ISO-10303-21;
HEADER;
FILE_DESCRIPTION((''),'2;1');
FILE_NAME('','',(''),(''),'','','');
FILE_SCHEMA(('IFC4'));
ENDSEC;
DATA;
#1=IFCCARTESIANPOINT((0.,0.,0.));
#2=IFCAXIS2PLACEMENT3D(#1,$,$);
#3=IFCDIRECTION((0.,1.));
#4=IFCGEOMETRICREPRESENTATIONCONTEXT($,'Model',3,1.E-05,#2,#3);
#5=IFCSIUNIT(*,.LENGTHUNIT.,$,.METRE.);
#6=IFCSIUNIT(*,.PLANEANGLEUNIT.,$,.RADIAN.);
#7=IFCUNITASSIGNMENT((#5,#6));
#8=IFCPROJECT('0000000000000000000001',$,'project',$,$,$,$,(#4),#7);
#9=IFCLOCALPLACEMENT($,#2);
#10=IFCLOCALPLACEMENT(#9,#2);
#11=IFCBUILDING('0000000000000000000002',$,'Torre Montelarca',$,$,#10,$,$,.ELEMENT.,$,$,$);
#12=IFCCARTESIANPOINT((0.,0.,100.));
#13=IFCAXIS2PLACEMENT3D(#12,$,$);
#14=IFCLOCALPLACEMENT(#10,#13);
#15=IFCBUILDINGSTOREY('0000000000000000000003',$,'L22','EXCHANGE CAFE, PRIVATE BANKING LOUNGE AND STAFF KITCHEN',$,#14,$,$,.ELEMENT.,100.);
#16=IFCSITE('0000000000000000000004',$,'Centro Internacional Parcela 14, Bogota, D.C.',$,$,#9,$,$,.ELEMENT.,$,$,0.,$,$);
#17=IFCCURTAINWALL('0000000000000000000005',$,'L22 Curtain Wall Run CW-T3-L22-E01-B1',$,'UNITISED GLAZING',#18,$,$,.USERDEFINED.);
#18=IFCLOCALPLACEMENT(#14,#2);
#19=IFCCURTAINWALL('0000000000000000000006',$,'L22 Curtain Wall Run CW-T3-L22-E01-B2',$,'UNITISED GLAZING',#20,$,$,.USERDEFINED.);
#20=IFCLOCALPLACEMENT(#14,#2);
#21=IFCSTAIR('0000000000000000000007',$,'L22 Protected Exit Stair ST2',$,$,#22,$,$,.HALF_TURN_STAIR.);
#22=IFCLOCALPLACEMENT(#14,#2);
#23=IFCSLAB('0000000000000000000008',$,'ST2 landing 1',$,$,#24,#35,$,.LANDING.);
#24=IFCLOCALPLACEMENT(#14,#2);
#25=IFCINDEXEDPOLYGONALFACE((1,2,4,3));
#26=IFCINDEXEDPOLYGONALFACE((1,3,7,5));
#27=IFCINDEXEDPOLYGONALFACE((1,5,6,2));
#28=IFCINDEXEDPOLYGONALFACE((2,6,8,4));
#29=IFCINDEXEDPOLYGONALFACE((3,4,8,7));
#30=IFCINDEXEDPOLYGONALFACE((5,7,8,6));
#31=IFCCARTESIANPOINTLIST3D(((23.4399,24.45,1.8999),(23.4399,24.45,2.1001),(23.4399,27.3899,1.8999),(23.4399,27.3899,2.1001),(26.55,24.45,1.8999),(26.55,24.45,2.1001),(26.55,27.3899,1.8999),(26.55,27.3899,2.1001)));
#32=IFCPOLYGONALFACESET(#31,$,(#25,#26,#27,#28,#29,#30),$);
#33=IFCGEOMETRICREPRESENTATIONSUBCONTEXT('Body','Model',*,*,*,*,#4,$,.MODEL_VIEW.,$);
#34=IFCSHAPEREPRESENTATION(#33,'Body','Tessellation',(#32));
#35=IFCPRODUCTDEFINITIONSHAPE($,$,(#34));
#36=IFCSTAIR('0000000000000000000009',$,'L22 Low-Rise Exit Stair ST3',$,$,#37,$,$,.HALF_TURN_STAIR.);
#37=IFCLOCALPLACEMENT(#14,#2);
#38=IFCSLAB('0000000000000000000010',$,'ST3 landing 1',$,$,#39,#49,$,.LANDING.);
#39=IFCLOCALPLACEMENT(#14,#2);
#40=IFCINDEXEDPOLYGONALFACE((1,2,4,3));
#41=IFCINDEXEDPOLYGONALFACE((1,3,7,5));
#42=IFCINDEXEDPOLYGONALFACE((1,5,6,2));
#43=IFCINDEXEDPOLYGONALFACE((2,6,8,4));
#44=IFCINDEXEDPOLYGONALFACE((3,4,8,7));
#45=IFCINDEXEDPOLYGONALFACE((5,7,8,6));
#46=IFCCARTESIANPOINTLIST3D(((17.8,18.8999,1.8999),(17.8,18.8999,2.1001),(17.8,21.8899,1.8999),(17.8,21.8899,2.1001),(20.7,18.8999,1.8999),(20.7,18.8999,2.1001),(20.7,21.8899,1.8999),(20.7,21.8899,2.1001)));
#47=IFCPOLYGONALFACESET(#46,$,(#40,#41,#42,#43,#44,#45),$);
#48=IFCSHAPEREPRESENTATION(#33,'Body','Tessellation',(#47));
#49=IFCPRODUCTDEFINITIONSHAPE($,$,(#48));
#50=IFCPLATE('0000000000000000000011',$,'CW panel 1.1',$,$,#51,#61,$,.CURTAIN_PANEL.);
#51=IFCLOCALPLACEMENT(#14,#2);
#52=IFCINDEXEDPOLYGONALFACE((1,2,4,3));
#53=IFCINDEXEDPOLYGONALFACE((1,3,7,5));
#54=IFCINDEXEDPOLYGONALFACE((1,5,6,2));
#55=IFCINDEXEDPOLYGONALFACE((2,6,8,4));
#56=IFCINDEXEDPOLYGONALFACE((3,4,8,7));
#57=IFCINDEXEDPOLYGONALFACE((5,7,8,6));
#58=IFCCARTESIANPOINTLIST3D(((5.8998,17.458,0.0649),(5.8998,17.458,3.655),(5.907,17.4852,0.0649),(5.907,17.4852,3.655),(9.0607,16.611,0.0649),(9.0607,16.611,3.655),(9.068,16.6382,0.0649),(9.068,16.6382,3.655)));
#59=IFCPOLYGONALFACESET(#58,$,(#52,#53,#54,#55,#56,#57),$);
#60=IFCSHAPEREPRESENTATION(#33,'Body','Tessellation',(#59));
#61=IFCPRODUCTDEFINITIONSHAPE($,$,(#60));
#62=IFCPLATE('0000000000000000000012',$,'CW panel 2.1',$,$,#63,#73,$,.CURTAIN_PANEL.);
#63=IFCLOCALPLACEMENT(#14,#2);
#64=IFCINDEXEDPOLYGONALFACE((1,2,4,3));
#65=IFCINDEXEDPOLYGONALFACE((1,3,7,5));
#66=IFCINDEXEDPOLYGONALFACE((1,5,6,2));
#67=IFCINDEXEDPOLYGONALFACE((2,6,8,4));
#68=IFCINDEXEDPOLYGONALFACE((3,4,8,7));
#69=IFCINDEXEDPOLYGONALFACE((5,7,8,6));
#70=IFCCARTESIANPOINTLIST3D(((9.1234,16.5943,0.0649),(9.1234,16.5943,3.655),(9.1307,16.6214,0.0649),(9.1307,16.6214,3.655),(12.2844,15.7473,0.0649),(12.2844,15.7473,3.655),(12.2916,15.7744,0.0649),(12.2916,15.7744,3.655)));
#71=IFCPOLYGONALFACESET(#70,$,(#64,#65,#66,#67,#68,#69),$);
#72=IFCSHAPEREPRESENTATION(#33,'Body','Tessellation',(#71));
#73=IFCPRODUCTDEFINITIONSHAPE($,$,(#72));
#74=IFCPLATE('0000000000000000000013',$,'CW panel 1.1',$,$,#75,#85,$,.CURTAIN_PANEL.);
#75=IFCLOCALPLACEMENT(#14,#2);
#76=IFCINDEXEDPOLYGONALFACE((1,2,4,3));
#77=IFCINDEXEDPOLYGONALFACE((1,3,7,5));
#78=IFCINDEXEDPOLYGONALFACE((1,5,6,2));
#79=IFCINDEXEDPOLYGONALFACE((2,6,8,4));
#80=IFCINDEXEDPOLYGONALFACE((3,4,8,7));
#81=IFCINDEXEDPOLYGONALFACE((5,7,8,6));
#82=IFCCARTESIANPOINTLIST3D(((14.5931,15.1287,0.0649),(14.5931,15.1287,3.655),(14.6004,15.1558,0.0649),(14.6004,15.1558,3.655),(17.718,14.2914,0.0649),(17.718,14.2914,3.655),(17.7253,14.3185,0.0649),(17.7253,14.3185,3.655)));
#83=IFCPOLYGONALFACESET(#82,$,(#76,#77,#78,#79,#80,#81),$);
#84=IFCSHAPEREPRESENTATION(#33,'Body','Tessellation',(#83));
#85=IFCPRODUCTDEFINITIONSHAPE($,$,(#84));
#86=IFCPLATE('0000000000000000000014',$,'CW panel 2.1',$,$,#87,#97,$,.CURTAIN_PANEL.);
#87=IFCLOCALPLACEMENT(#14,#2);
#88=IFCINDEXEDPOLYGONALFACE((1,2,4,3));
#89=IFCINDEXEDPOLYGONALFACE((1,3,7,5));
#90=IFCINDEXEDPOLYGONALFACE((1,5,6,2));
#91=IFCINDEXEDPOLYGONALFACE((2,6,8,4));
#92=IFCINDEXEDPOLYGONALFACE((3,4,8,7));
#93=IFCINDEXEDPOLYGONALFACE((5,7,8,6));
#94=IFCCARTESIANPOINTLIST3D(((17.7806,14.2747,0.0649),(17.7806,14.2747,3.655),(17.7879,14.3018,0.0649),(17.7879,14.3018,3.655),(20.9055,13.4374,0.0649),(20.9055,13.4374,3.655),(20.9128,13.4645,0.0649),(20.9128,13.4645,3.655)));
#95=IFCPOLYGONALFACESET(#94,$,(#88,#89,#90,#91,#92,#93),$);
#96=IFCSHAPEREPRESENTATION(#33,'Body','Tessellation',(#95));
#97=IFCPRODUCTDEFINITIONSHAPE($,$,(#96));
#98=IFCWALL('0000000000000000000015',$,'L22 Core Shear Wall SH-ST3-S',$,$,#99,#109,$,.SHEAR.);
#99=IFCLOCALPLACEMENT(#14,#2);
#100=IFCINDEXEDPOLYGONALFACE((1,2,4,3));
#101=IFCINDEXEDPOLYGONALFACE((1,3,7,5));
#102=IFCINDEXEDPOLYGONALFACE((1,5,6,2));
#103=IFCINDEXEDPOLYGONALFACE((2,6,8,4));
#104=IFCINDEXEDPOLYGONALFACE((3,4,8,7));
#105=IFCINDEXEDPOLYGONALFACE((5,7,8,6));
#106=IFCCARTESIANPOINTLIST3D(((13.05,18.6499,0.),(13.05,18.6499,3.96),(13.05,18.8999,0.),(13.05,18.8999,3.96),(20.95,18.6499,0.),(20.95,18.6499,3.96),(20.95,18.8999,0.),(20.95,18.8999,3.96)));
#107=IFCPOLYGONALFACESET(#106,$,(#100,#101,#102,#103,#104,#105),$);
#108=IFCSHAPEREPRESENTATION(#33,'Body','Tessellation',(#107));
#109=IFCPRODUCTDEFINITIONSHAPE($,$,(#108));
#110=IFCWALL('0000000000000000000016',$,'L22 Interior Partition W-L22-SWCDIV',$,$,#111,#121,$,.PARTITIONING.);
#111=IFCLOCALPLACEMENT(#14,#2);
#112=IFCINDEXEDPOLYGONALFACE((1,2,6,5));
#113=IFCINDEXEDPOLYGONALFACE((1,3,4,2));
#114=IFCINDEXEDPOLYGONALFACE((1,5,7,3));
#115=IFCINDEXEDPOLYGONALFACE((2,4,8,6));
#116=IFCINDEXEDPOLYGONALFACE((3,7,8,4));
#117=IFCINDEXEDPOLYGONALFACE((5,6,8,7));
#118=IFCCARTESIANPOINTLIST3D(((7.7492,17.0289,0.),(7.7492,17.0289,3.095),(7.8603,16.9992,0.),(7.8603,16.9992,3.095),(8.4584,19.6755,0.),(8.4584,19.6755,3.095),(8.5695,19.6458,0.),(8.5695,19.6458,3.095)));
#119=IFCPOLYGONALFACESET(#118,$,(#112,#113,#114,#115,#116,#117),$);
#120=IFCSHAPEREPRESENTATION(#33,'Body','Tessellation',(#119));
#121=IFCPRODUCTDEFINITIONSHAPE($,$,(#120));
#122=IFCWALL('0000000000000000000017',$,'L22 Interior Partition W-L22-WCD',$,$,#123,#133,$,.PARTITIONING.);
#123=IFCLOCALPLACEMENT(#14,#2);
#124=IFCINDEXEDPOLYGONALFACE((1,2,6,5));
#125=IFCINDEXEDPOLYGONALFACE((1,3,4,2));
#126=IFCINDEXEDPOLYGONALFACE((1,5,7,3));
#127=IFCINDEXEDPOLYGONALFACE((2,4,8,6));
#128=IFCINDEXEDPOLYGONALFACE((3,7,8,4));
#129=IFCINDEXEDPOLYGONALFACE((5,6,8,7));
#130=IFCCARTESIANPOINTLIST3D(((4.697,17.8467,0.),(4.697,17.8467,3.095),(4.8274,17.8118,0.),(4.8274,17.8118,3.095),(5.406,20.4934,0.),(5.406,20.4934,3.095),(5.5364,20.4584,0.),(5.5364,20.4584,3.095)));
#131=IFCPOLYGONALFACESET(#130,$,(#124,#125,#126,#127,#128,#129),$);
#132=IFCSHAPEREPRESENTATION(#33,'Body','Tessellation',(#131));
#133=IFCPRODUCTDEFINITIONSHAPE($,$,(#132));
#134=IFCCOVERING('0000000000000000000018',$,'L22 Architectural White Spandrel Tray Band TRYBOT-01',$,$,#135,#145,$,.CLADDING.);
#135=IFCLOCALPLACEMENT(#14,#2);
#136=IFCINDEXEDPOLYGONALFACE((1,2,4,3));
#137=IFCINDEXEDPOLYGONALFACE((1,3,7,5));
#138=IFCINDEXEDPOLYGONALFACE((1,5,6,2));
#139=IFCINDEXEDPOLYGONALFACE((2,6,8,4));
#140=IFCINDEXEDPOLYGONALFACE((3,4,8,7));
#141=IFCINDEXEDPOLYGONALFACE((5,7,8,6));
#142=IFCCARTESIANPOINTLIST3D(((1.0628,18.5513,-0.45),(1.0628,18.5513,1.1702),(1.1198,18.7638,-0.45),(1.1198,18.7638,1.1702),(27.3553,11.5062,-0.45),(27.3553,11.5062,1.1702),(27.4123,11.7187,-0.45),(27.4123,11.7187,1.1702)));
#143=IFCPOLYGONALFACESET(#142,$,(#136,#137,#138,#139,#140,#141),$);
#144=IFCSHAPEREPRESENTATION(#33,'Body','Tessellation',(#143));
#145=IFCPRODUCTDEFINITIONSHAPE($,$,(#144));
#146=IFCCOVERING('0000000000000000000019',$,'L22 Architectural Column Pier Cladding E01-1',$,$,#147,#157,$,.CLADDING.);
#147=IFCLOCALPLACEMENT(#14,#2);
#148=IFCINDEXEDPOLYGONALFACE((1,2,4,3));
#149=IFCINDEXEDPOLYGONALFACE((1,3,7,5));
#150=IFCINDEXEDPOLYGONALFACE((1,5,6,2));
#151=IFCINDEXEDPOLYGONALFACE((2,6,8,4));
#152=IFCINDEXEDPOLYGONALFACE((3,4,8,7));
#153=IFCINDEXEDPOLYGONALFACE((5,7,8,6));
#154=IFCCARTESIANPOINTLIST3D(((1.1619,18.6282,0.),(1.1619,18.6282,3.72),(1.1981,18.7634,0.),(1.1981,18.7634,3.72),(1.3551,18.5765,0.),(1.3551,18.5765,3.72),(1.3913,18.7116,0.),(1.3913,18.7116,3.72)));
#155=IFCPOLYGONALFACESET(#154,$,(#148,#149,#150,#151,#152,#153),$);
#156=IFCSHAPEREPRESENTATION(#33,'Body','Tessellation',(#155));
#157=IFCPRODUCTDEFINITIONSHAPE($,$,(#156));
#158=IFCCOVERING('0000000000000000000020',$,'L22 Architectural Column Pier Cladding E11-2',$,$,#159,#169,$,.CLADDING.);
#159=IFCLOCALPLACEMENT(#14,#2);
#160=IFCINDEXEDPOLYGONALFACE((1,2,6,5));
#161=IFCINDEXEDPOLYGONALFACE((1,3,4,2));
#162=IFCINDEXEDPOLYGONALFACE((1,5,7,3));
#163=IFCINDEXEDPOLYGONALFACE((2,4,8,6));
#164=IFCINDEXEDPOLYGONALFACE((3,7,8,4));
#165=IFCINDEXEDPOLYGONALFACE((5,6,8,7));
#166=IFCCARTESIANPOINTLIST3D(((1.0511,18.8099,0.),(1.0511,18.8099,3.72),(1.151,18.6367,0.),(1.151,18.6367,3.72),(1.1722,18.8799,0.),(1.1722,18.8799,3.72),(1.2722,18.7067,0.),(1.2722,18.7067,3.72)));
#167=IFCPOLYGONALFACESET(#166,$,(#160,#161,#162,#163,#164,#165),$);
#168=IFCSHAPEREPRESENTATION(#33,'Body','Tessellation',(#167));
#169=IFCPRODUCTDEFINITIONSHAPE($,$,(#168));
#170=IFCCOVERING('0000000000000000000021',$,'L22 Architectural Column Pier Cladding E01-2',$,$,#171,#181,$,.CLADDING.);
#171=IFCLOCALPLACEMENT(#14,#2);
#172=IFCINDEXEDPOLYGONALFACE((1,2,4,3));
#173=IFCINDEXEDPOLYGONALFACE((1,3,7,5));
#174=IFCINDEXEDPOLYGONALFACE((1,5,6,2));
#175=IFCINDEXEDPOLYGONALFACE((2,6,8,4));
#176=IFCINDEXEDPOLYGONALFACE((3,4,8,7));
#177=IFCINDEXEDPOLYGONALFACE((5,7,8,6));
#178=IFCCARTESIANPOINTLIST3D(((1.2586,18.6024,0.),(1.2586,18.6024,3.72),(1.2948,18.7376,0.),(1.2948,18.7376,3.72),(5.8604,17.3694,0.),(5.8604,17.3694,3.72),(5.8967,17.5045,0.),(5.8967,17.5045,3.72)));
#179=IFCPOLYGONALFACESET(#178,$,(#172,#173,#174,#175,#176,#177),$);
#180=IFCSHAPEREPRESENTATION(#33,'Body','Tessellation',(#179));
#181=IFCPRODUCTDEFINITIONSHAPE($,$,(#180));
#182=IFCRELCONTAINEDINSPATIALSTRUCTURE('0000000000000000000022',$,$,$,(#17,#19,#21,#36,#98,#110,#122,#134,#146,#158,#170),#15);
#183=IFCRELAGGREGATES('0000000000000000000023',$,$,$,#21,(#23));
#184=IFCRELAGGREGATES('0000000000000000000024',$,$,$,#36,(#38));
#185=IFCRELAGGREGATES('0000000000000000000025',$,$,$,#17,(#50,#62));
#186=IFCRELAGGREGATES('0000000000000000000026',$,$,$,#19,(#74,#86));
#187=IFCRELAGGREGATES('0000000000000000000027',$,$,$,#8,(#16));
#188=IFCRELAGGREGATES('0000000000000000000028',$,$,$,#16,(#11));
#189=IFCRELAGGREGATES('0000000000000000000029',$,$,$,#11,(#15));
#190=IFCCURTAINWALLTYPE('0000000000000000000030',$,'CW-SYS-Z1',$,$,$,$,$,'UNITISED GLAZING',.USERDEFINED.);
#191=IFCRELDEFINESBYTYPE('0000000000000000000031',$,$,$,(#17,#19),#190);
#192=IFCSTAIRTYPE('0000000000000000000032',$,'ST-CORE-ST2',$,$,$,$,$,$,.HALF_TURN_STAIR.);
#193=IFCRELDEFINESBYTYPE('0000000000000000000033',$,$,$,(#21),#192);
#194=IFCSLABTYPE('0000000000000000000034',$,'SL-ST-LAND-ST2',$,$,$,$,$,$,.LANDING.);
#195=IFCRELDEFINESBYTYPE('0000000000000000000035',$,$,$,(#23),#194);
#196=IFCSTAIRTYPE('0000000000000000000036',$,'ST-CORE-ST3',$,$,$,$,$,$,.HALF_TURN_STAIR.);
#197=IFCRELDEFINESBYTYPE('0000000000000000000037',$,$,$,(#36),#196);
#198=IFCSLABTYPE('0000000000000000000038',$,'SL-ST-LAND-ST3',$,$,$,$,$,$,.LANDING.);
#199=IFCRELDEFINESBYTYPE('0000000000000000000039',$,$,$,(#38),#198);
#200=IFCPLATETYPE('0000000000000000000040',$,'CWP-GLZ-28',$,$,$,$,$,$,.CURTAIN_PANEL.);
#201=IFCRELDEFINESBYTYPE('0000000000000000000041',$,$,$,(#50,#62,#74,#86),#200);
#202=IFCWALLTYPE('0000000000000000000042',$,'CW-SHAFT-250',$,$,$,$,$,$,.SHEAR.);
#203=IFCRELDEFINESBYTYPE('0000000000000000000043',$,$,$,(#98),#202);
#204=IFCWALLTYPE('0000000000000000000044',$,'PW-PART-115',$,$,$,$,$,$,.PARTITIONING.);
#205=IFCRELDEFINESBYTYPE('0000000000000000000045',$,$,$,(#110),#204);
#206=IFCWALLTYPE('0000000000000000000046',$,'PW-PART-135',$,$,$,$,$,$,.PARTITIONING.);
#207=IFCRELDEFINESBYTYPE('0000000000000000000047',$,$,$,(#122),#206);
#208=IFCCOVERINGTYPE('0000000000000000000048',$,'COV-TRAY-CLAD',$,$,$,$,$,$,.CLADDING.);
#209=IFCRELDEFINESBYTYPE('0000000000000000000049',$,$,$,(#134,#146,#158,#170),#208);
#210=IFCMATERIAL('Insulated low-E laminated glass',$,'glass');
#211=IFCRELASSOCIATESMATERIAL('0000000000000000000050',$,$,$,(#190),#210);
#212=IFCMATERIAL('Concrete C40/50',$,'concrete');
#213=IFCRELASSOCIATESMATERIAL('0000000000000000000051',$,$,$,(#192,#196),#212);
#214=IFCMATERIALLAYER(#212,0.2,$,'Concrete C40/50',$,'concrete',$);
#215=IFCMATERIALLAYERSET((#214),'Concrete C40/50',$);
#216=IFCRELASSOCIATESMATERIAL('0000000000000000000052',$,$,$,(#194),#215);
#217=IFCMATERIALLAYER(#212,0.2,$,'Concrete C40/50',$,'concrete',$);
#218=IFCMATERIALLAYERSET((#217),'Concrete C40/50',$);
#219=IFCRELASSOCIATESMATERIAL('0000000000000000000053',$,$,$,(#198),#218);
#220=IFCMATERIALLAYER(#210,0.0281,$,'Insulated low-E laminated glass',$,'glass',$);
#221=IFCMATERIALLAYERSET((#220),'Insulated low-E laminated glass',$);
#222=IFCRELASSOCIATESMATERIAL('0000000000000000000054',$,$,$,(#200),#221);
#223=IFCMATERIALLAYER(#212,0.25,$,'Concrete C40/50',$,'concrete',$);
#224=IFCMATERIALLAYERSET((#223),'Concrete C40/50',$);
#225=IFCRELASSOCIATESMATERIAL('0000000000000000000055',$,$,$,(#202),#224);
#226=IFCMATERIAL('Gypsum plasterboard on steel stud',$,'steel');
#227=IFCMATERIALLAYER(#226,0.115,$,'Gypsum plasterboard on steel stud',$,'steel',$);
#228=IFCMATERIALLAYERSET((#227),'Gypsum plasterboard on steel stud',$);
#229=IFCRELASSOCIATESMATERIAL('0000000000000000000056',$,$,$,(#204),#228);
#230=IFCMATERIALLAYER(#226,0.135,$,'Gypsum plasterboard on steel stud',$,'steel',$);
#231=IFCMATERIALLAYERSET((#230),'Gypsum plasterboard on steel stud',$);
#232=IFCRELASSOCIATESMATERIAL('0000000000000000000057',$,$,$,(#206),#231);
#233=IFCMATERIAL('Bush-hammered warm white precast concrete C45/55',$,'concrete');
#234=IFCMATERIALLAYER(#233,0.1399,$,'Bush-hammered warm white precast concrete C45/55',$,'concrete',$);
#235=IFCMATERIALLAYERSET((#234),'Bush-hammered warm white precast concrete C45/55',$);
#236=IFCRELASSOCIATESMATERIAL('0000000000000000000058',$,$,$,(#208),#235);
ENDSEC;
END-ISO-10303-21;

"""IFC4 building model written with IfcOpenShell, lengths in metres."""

from ifc_helpers import new_model, si_unit, direction, frame, frame_2d, origin, origin_2d, place, context, subcontext, project, spatial, polyline, rectangle, outline, extrude, source, transform, mapped, material, layer, layer_set, type_object, element, aggregate, save


model = new_model("IFC4")

# Units and contexts
model_context = context("Model", 3, precision=1e-05, world=origin(), true_north=direction((0.0, 1.0)))
body_context = subcontext(model_context, "Body", "Model", "MODEL_VIEW")
ifc_project = project(units=[si_unit("LENGTHUNIT", "METRE"), si_unit("PLANEANGLEUNIT", "RADIAN")], contexts=[model_context])

# Site, building, storey
site_placement = place(None, origin())
site = spatial("IfcSite", under=ifc_project, at=site_placement, Name="Centro Internacional Parcela 14, Bogota, D.C.", CompositionType="ELEMENT", RefElevation=0.0)
building_placement = place(site_placement, origin())
building = spatial("IfcBuilding", under=site, at=building_placement, Name="Torre Montelarca", CompositionType="ELEMENT")
storey_placement = place(building_placement, frame((0.0, 0.0, 100.0)))
storey = spatial("IfcBuildingStorey", under=building, at=storey_placement, Name="L22", Description="EXCHANGE CAFE, PRIVATE BANKING LOUNGE AND STAFF KITCHEN", CompositionType="ELEMENT", Elevation=100.0)

# Curtain walls
ifc_material_1 = material(Name="Insulated low-E laminated glass", Category="glass")
curtain_wall_type = type_object("IfcCurtainWallType", Name="CW-SYS-Z1", ElementType="UNITISED GLAZING", PredefinedType="USERDEFINED", material=ifc_material_1)
curtain_wall_1_placement = place(storey_placement, origin())
curtain_wall_1 = element("IfcCurtainWall", 1, at=curtain_wall_1_placement, inside=storey, type_object=curtain_wall_type, Name="L22 Curtain Wall Run CW-T3-L22-E01-B1", ObjectType="UNITISED GLAZING", PredefinedType="USERDEFINED")
curtain_wall_2_placement = place(storey_placement, origin())
curtain_wall_2 = element("IfcCurtainWall", 2, at=curtain_wall_2_placement, inside=storey, type_object=curtain_wall_type, Name="L22 Curtain Wall Run CW-T3-L22-E01-B2", ObjectType="UNITISED GLAZING", PredefinedType="USERDEFINED")

# Shared definitions
ifc_material_2 = material(Name="Concrete C40/50", Category="concrete")

# Stairs, slabs
stair_type_1 = type_object("IfcStairType", Name="ST-CORE-ST2", PredefinedType="HALF_TURN_STAIR", material=ifc_material_2)
stair_1_placement = place(storey_placement, origin())
stair_1 = element("IfcStair", 3, at=stair_1_placement, inside=storey, type_object=stair_type_1, Name="L22 Protected Exit Stair ST2", PredefinedType="HALF_TURN_STAIR")
ifc_layer_1 = layer(ifc_material_2, 0.2, Name="Concrete C40/50", Category="concrete")
ifc_layer_set_1 = layer_set([ifc_layer_1], Name="Concrete C40/50")
slab_type_1 = type_object("IfcSlabType", Name="SL-ST-LAND-ST2", PredefinedType="LANDING", material=ifc_layer_set_1)
slab_1_placement = place(storey_placement, frame((0.0, 0.0, 1.8999)))
slab_1 = element("IfcSlab", 4, at=slab_1_placement, type_object=slab_type_1, Name="ST2 landing 1", PredefinedType="LANDING", context=body_context, shape_type="SweptSolid", body=[
    extrude(outline(polyline([(23.4399, 27.3899), (23.4399, 24.45), (26.55, 24.45), (26.55, 27.3899), (23.4399, 27.3899)])), origin(), (0.0, 0.0, 1.0), 0.2002),
])
aggregate(stair_1, [slab_1])
stair_type_2 = type_object("IfcStairType", Name="ST-CORE-ST3", PredefinedType="HALF_TURN_STAIR", material=ifc_material_2)
stair_2_placement = place(storey_placement, origin())
stair_2 = element("IfcStair", 5, at=stair_2_placement, inside=storey, type_object=stair_type_2, Name="L22 Low-Rise Exit Stair ST3", PredefinedType="HALF_TURN_STAIR")
ifc_layer_2 = layer(ifc_material_2, 0.2, Name="Concrete C40/50", Category="concrete")
ifc_layer_set_2 = layer_set([ifc_layer_2], Name="Concrete C40/50")
slab_type_2 = type_object("IfcSlabType", Name="SL-ST-LAND-ST3", PredefinedType="LANDING", material=ifc_layer_set_2)
slab_2_placement = place(storey_placement, frame((0.0, 0.0, 1.8999)))
slab_2 = element("IfcSlab", 6, at=slab_2_placement, type_object=slab_type_2, Name="ST3 landing 1", PredefinedType="LANDING", context=body_context, shape_type="SweptSolid", body=[
    extrude(outline(polyline([(17.8, 18.8999), (20.7, 18.8999), (20.7, 21.8899), (17.8, 21.8899), (17.8, 18.8999)])), origin(), (0.0, 0.0, 1.0), 0.2002),
])
aggregate(stair_2, [slab_2])

# Plates
ifc_layer_3 = layer(ifc_material_1, 0.0281, Name="Insulated low-E laminated glass", Category="glass")
ifc_layer_set_3 = layer_set([ifc_layer_3], Name="Insulated low-E laminated glass")
plate_type = type_object("IfcPlateType", Name="CWP-GLZ-28", PredefinedType="CURTAIN_PANEL", material=ifc_layer_set_3)
shared_shape_1 = source(origin(), body_context, "Body", "SweptSolid", [
    extrude(rectangle(XDim=3.2725, YDim=0.0281, at=origin_2d()), origin(), (0.0, 0.0, 1.0), 3.5901),
])
plate_1_placement = place(storey_placement, frame((7.4839, 17.0481, 0.0649), z_axis=(0.0, 0.0, 1.0), x_axis=(0.965924, -0.258825, 0.0)))
plate_1 = element("IfcPlate", 7, at=plate_1_placement, type_object=plate_type, Name="CW panel 1.1", PredefinedType="CURTAIN_PANEL", context=body_context, shape_type="MappedRepresentation", body=[
    mapped(shared_shape_1, transform((0.0, 0.0, 0.0), scale=1.0)),
])
plate_2_placement = place(storey_placement, frame((10.7075, 16.1843, 0.0649), z_axis=(0.0, 0.0, 1.0), x_axis=(0.965924, -0.258825, 0.0)))
plate_2 = element("IfcPlate", 8, at=plate_2_placement, type_object=plate_type, Name="CW panel 2.1", PredefinedType="CURTAIN_PANEL", context=body_context, shape_type="MappedRepresentation", body=[
    mapped(shared_shape_1, transform((0.0, 0.0, 0.0), scale=1.0)),
])
aggregate(curtain_wall_1, [plate_1, plate_2])
shared_shape_2 = source(origin(), body_context, "Body", "SweptSolid", [
    extrude(rectangle(XDim=3.2351, YDim=0.0281, at=origin_2d()), origin(), (0.0, 0.0, 1.0), 3.5901),
])
plate_3_placement = place(storey_placement, frame((16.1592, 14.7236, 0.0649), z_axis=(0.0, 0.0, 1.0), x_axis=(0.965927, -0.258815, 0.0)))
plate_3 = element("IfcPlate", 9, at=plate_3_placement, type_object=plate_type, Name="CW panel 1.1", PredefinedType="CURTAIN_PANEL", context=body_context, shape_type="MappedRepresentation", body=[
    mapped(shared_shape_2, transform((0.0, 0.0, 0.0), scale=1.0)),
])
plate_4_placement = place(storey_placement, frame((19.3467, 13.8696, 0.0649), z_axis=(0.0, 0.0, 1.0), x_axis=(0.965927, -0.258815, 0.0)))
plate_4 = element("IfcPlate", 10, at=plate_4_placement, type_object=plate_type, Name="CW panel 2.1", PredefinedType="CURTAIN_PANEL", context=body_context, shape_type="MappedRepresentation", body=[
    mapped(shared_shape_2, transform((0.0, 0.0, 0.0), scale=1.0)),
])
aggregate(curtain_wall_2, [plate_3, plate_4])

# Walls
ifc_layer_4 = layer(ifc_material_2, 0.25, Name="Concrete C40/50", Category="concrete")
ifc_layer_set_4 = layer_set([ifc_layer_4], Name="Concrete C40/50")
wall_type_1 = type_object("IfcWallType", Name="CW-SHAFT-250", PredefinedType="SHEAR", material=ifc_layer_set_4)
wall_1_placement = place(storey_placement, frame((13.05, 18.7749, 0.0), z_axis=(0.0, 0.0, 1.0), x_axis=(1.0, 0.0, 0.0)))
element("IfcWall", 11, at=wall_1_placement, inside=storey, type_object=wall_type_1, Name="L22 Core Shear Wall SH-ST3-S", PredefinedType="SHEAR", context=body_context, shape_type="SweptSolid", body=[
    extrude(rectangle(XDim=7.8999, YDim=0.25, at=frame_2d((3.95, 0.0))), origin(), (0.0, 0.0, 1.0), 3.96),
])
ifc_material_3 = material(Name="Gypsum plasterboard on steel stud", Category="steel")
ifc_layer_5 = layer(ifc_material_3, 0.115, Name="Gypsum plasterboard on steel stud", Category="steel")
ifc_layer_set_5 = layer_set([ifc_layer_5], Name="Gypsum plasterboard on steel stud")
wall_type_2 = type_object("IfcWallType", Name="PW-PART-115", PredefinedType="PARTITIONING", material=ifc_layer_set_5)
wall_2_placement = place(storey_placement, frame((7.8047, 17.0139, 0.0), z_axis=(0.0, 0.0, 1.0), x_axis=(0.258833, 0.965922, 0.0)))
element("IfcWall", 12, at=wall_2_placement, inside=storey, type_object=wall_type_2, Name="L22 Interior Partition W-L22-SWCDIV", PredefinedType="PARTITIONING", context=body_context, shape_type="SweptSolid", body=[
    extrude(rectangle(XDim=2.74, YDim=0.115, at=frame_2d((1.3701, 0.0))), origin(), (0.0, 0.0, 1.0), 3.095),
])
ifc_layer_6 = layer(ifc_material_3, 0.135, Name="Gypsum plasterboard on steel stud", Category="steel")
ifc_layer_set_6 = layer_set([ifc_layer_6], Name="Gypsum plasterboard on steel stud")
wall_type_3 = type_object("IfcWallType", Name="PW-PART-135", PredefinedType="PARTITIONING", material=ifc_layer_set_6)
wall_3_placement = place(storey_placement, frame((4.7622, 17.8291, 0.0), z_axis=(0.0, 0.0, 1.0), x_axis=(0.258749, 0.965944, 0.0)))
element("IfcWall", 13, at=wall_3_placement, inside=storey, type_object=wall_type_3, Name="L22 Interior Partition W-L22-WCD", PredefinedType="PARTITIONING", context=body_context, shape_type="SweptSolid", body=[
    extrude(rectangle(XDim=2.74, YDim=0.135, at=frame_2d((1.3701, 0.0))), origin(), (0.0, 0.0, 1.0), 3.095),
])

# Coverings
ifc_material_4 = material(Name="Bush-hammered warm white precast concrete C45/55", Category="concrete")
ifc_layer_7 = layer(ifc_material_4, 0.1399, Name="Bush-hammered warm white precast concrete C45/55", Category="concrete")
ifc_layer_set_7 = layer_set([ifc_layer_7], Name="Bush-hammered warm white precast concrete C45/55")
covering_type = type_object("IfcCoveringType", Name="COV-TRAY-CLAD", PredefinedType="CLADDING", material=ifc_layer_set_7)
shared_shape_3 = source(origin(), body_context, "Body", "SweptSolid", [
    extrude(rectangle(XDim=27.22, YDim=0.22, at=origin_2d()), origin(), (0.0, 0.0, 1.0), 1.6201),
])
covering_1_placement = place(storey_placement, frame((14.2375, 15.135, -0.45), z_axis=(0.0, 0.0, 1.0), x_axis=(0.965926, -0.258819, 0.0)))
element("IfcCovering", 14, at=covering_1_placement, inside=storey, type_object=covering_type, Name="L22 Architectural White Spandrel Tray Band TRYBOT-01", PredefinedType="CLADDING", context=body_context, shape_type="MappedRepresentation", body=[
    mapped(shared_shape_3, transform((0.0, 0.0, 0.0), scale=1.0)),
])
shared_shape_4 = source(origin(), body_context, "Body", "SweptSolid", [
    extrude(rectangle(XDim=0.2, YDim=0.1399, at=origin_2d()), origin(), (0.0, 0.0, 1.0), 3.72),
])
for number, where, z_axis, x_axis, name in (
    (15, (1.2766, 18.6699, 0.0), (0.0, 0.0, 1.0), (0.965926, -0.258819, 0.0), "L22 Architectural Column Pier Cladding E01-1"),
    (16, (1.1616, 18.7583, 0.0), (0.0, 0.0, 1.0), (0.500002, -0.866025, 0.0), "L22 Architectural Column Pier Cladding E11-2"),
):
    element("IfcCovering", number, at=place(storey_placement, frame(where, z_axis=z_axis, x_axis=x_axis)), inside=storey, type_object=covering_type, Name=name, PredefinedType="CLADDING", context=body_context, shape_type="MappedRepresentation", body=[
        mapped(shared_shape_4, transform((0.0, 0.0, 0.0), scale=1.0)),
    ])
shared_shape_5 = source(origin(), body_context, "Body", "SweptSolid", [
    extrude(rectangle(XDim=4.7642, YDim=0.1399, at=origin_2d()), origin(), (0.0, 0.0, 1.0), 3.72),
])
covering_2_placement = place(storey_placement, frame((3.5776, 18.0535, 0.0), z_axis=(0.0, 0.0, 1.0), x_axis=(0.965926, -0.258819, 0.0)))
element("IfcCovering", 17, at=covering_2_placement, inside=storey, type_object=covering_type, Name="L22 Architectural Column Pier Cladding E01-2", PredefinedType="CLADDING", context=body_context, shape_type="MappedRepresentation", body=[
    mapped(shared_shape_5, transform((0.0, 0.0, 0.0), scale=1.0)),
])

save(model, "model.ifc")
